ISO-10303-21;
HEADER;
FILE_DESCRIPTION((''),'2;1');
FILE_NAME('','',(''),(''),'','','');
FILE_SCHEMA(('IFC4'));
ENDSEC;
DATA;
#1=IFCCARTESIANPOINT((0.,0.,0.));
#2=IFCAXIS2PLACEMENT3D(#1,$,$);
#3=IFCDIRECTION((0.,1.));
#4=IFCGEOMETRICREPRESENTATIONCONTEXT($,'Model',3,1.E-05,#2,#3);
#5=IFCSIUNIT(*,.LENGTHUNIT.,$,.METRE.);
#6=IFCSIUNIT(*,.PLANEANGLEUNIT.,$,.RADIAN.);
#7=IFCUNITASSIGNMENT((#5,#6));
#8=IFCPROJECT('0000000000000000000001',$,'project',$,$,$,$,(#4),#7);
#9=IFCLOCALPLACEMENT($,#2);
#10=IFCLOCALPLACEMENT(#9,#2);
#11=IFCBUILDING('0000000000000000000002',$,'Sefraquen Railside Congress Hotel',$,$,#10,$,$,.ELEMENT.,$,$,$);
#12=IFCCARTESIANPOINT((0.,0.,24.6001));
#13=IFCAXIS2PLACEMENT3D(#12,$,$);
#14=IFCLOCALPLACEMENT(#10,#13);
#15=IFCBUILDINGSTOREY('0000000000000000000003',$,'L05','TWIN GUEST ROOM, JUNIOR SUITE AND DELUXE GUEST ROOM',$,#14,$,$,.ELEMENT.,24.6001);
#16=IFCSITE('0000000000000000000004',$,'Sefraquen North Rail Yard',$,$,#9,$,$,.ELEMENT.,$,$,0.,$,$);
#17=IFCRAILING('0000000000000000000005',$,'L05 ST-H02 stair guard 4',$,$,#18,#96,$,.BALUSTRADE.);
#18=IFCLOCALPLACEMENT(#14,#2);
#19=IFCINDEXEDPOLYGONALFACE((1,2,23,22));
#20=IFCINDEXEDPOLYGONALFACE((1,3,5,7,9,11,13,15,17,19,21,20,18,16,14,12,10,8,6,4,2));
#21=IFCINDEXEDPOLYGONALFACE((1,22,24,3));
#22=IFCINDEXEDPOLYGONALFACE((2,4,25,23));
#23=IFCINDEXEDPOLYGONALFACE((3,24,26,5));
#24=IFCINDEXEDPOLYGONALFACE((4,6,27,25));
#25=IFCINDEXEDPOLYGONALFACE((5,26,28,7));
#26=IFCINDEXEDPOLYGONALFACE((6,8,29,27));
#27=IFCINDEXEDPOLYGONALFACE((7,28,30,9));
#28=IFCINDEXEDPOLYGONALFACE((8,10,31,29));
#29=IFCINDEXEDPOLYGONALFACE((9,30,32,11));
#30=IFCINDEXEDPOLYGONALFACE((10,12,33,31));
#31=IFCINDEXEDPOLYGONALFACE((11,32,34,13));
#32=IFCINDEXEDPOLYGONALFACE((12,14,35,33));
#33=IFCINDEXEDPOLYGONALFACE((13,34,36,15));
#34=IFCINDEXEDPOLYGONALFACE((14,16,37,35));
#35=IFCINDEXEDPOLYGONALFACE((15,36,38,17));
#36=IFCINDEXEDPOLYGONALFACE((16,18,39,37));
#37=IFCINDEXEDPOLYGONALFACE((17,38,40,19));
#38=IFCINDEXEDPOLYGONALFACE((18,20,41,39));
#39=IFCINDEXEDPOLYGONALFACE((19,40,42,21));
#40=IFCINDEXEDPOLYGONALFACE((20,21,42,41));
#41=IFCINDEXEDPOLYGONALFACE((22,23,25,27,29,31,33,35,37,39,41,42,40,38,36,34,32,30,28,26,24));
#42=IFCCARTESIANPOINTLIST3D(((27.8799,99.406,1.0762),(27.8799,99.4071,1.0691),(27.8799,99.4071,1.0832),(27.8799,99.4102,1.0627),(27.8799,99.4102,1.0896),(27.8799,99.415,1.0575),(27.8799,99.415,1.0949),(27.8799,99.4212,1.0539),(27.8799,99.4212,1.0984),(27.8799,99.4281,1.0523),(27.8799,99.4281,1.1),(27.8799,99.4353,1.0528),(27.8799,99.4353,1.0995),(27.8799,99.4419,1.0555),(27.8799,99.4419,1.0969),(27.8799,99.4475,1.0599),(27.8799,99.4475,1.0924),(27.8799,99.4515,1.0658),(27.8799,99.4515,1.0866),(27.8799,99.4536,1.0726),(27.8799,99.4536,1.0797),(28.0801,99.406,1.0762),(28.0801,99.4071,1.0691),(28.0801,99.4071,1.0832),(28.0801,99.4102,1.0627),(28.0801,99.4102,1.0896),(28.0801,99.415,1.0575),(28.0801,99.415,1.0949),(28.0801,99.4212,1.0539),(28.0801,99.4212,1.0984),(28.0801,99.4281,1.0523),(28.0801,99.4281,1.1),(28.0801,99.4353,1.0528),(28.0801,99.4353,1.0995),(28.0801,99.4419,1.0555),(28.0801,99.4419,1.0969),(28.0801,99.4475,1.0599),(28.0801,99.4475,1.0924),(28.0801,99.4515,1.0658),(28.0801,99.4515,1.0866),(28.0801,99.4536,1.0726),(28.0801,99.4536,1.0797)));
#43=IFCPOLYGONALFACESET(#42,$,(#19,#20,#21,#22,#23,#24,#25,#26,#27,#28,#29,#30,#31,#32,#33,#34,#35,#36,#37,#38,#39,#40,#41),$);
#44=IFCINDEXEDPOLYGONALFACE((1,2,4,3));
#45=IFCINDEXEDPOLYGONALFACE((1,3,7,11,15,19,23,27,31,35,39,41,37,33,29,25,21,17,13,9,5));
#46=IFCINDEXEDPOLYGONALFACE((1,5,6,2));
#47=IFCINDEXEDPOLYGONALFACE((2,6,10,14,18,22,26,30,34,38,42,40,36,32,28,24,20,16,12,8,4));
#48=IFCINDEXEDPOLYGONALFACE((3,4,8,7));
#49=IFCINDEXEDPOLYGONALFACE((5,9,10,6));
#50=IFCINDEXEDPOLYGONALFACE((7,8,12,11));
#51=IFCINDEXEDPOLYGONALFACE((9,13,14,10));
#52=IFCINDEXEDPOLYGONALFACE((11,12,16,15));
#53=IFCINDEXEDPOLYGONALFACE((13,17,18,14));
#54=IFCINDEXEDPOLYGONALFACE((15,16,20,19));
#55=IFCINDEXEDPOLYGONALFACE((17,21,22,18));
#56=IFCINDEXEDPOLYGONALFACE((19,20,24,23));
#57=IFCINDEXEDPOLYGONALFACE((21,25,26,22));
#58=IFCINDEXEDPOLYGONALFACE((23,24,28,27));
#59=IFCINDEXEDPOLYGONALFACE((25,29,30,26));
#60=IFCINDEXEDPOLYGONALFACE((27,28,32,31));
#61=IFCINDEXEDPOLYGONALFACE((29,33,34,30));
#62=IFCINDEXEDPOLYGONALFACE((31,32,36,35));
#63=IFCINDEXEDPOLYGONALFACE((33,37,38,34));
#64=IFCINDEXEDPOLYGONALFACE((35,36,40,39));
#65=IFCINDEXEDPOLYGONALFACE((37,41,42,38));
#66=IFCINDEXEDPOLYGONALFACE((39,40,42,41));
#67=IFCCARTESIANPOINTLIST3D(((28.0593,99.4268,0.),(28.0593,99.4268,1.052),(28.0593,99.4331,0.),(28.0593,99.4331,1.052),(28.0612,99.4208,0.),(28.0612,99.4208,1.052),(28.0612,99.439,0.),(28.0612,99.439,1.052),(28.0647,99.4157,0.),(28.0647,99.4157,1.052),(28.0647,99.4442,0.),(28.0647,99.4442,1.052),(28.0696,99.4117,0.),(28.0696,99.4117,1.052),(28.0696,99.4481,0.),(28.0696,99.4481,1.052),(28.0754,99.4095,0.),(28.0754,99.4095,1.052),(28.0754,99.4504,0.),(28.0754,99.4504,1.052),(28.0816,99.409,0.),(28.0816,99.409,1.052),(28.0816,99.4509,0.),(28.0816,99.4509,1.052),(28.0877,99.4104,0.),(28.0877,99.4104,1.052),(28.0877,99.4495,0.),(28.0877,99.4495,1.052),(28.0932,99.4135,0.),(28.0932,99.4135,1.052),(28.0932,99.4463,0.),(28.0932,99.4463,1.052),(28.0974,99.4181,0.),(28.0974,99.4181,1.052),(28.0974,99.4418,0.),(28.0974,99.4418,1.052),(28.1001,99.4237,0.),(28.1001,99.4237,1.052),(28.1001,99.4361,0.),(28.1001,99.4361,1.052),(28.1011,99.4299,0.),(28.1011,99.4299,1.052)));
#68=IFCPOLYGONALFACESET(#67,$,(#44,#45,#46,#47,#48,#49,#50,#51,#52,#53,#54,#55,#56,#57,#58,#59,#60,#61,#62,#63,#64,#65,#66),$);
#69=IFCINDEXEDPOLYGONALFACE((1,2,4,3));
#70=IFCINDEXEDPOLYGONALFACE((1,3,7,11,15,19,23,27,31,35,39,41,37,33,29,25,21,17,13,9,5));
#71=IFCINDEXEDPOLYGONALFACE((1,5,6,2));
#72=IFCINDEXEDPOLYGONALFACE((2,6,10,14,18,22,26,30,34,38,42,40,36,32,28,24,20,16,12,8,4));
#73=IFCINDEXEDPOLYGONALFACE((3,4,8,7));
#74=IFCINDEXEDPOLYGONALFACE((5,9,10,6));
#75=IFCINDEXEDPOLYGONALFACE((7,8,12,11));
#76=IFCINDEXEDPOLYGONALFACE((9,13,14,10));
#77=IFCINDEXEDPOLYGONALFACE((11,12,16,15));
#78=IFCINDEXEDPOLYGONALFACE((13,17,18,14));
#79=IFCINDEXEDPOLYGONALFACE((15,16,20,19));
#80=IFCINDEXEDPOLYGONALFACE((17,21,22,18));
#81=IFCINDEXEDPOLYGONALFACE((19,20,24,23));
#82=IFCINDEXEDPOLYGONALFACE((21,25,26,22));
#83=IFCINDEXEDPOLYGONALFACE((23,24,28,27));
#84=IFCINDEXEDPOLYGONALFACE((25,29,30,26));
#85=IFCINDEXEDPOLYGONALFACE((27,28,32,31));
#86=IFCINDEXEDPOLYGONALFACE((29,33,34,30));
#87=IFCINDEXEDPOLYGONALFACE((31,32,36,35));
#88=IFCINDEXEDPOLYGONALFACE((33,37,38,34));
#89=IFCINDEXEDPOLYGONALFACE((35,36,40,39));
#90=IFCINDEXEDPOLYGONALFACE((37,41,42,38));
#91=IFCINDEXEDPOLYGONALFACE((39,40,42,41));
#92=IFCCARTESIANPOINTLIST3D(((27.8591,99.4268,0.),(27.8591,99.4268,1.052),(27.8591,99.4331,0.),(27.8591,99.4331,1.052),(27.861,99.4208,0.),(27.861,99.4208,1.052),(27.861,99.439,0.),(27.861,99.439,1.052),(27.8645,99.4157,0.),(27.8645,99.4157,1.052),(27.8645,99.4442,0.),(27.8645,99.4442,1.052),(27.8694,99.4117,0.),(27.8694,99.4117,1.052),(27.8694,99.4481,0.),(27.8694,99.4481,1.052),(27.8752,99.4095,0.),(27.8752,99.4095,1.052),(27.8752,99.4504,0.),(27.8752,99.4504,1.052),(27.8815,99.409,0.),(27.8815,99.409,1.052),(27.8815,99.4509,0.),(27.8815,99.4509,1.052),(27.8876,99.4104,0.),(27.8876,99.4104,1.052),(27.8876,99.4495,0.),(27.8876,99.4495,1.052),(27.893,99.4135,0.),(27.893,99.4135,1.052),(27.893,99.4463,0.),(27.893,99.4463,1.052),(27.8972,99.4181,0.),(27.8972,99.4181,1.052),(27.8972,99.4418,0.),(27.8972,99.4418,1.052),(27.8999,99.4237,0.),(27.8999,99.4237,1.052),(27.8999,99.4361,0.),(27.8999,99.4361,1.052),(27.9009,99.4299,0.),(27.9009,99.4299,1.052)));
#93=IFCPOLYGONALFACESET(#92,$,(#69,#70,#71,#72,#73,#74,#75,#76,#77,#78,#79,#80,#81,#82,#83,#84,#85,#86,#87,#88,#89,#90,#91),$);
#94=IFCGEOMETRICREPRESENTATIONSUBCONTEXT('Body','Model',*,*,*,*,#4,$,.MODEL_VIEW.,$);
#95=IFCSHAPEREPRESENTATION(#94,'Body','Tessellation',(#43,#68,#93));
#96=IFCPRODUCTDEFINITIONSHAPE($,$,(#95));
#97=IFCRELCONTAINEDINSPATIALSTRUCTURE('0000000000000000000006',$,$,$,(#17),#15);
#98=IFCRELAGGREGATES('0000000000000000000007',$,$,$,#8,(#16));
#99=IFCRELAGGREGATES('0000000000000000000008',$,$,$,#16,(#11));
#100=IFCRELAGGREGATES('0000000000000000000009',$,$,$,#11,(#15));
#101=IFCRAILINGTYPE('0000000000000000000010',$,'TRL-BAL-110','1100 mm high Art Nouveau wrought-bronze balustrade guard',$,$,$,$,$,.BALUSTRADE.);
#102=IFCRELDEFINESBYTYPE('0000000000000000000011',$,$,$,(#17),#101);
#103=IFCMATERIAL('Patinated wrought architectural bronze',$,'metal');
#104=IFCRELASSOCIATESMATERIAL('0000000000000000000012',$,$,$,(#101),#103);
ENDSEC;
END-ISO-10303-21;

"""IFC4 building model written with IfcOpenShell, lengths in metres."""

from ifc_helpers import new_model, si_unit, direction, frame, origin, origin_2d, place, context, subcontext, project, spatial, circle, extrude, material, type_object, element, save


model = new_model("IFC4")

# Units and contexts
model_context = context("Model", 3, precision=1e-05, world=origin(), true_north=direction((0.0, 1.0)))
body_context = subcontext(model_context, "Body", "Model", "MODEL_VIEW")
ifc_project = project(units=[si_unit("LENGTHUNIT", "METRE"), si_unit("PLANEANGLEUNIT", "RADIAN")], contexts=[model_context])

# Site, building, storey
site_placement = place(None, origin())
site = spatial("IfcSite", under=ifc_project, at=site_placement, Name="Sefraquen North Rail Yard", CompositionType="ELEMENT", RefElevation=0.0)
building_placement = place(site_placement, origin())
building = spatial("IfcBuilding", under=site, at=building_placement, Name="Sefraquen Railside Congress Hotel", CompositionType="ELEMENT")
storey_placement = place(building_placement, frame((0.0, 0.0, 24.6001)))
storey = spatial("IfcBuildingStorey", under=building, at=storey_placement, Name="L05", Description="TWIN GUEST ROOM, JUNIOR SUITE AND DELUXE GUEST ROOM", CompositionType="ELEMENT", Elevation=24.6001)

# Railing
ifc_material_1 = material(Name="Patinated wrought architectural bronze", Category="metal")
railing_type_1 = type_object("IfcRailingType", Name="TRL-BAL-110", Description="1100 mm high Art Nouveau wrought-bronze balustrade guard", PredefinedType="BALUSTRADE", material=ifc_material_1)
railing_1_placement = place(storey_placement, frame((28.0801, 99.4299, 0.0)))
element("IfcRailing", 1, at=railing_1_placement, inside=storey, type_object=railing_type_1, Name="L05 ST-H02 stair guard 4", PredefinedType="BALUSTRADE", context=body_context, shape_type="SweptSolid", body=[
    extrude(circle(Radius=0.0239, at=origin_2d()), frame((0.0, 0.0, 1.0762), z_axis=(-1.0, 0.0, 0.0), x_axis=(0.0, -1.0, 0.0)), (0.0, 0.0, 1.0), 0.2002),
    extrude(circle(Radius=0.021, at=origin_2d()), origin(), (0.0, 0.0, 1.0), 1.052),
    extrude(circle(Radius=0.021, at=origin_2d()), frame((-0.2002, 0.0, 0.0)), (0.0, 0.0, 1.0), 1.052),
])

save(model, "model.ifc")
